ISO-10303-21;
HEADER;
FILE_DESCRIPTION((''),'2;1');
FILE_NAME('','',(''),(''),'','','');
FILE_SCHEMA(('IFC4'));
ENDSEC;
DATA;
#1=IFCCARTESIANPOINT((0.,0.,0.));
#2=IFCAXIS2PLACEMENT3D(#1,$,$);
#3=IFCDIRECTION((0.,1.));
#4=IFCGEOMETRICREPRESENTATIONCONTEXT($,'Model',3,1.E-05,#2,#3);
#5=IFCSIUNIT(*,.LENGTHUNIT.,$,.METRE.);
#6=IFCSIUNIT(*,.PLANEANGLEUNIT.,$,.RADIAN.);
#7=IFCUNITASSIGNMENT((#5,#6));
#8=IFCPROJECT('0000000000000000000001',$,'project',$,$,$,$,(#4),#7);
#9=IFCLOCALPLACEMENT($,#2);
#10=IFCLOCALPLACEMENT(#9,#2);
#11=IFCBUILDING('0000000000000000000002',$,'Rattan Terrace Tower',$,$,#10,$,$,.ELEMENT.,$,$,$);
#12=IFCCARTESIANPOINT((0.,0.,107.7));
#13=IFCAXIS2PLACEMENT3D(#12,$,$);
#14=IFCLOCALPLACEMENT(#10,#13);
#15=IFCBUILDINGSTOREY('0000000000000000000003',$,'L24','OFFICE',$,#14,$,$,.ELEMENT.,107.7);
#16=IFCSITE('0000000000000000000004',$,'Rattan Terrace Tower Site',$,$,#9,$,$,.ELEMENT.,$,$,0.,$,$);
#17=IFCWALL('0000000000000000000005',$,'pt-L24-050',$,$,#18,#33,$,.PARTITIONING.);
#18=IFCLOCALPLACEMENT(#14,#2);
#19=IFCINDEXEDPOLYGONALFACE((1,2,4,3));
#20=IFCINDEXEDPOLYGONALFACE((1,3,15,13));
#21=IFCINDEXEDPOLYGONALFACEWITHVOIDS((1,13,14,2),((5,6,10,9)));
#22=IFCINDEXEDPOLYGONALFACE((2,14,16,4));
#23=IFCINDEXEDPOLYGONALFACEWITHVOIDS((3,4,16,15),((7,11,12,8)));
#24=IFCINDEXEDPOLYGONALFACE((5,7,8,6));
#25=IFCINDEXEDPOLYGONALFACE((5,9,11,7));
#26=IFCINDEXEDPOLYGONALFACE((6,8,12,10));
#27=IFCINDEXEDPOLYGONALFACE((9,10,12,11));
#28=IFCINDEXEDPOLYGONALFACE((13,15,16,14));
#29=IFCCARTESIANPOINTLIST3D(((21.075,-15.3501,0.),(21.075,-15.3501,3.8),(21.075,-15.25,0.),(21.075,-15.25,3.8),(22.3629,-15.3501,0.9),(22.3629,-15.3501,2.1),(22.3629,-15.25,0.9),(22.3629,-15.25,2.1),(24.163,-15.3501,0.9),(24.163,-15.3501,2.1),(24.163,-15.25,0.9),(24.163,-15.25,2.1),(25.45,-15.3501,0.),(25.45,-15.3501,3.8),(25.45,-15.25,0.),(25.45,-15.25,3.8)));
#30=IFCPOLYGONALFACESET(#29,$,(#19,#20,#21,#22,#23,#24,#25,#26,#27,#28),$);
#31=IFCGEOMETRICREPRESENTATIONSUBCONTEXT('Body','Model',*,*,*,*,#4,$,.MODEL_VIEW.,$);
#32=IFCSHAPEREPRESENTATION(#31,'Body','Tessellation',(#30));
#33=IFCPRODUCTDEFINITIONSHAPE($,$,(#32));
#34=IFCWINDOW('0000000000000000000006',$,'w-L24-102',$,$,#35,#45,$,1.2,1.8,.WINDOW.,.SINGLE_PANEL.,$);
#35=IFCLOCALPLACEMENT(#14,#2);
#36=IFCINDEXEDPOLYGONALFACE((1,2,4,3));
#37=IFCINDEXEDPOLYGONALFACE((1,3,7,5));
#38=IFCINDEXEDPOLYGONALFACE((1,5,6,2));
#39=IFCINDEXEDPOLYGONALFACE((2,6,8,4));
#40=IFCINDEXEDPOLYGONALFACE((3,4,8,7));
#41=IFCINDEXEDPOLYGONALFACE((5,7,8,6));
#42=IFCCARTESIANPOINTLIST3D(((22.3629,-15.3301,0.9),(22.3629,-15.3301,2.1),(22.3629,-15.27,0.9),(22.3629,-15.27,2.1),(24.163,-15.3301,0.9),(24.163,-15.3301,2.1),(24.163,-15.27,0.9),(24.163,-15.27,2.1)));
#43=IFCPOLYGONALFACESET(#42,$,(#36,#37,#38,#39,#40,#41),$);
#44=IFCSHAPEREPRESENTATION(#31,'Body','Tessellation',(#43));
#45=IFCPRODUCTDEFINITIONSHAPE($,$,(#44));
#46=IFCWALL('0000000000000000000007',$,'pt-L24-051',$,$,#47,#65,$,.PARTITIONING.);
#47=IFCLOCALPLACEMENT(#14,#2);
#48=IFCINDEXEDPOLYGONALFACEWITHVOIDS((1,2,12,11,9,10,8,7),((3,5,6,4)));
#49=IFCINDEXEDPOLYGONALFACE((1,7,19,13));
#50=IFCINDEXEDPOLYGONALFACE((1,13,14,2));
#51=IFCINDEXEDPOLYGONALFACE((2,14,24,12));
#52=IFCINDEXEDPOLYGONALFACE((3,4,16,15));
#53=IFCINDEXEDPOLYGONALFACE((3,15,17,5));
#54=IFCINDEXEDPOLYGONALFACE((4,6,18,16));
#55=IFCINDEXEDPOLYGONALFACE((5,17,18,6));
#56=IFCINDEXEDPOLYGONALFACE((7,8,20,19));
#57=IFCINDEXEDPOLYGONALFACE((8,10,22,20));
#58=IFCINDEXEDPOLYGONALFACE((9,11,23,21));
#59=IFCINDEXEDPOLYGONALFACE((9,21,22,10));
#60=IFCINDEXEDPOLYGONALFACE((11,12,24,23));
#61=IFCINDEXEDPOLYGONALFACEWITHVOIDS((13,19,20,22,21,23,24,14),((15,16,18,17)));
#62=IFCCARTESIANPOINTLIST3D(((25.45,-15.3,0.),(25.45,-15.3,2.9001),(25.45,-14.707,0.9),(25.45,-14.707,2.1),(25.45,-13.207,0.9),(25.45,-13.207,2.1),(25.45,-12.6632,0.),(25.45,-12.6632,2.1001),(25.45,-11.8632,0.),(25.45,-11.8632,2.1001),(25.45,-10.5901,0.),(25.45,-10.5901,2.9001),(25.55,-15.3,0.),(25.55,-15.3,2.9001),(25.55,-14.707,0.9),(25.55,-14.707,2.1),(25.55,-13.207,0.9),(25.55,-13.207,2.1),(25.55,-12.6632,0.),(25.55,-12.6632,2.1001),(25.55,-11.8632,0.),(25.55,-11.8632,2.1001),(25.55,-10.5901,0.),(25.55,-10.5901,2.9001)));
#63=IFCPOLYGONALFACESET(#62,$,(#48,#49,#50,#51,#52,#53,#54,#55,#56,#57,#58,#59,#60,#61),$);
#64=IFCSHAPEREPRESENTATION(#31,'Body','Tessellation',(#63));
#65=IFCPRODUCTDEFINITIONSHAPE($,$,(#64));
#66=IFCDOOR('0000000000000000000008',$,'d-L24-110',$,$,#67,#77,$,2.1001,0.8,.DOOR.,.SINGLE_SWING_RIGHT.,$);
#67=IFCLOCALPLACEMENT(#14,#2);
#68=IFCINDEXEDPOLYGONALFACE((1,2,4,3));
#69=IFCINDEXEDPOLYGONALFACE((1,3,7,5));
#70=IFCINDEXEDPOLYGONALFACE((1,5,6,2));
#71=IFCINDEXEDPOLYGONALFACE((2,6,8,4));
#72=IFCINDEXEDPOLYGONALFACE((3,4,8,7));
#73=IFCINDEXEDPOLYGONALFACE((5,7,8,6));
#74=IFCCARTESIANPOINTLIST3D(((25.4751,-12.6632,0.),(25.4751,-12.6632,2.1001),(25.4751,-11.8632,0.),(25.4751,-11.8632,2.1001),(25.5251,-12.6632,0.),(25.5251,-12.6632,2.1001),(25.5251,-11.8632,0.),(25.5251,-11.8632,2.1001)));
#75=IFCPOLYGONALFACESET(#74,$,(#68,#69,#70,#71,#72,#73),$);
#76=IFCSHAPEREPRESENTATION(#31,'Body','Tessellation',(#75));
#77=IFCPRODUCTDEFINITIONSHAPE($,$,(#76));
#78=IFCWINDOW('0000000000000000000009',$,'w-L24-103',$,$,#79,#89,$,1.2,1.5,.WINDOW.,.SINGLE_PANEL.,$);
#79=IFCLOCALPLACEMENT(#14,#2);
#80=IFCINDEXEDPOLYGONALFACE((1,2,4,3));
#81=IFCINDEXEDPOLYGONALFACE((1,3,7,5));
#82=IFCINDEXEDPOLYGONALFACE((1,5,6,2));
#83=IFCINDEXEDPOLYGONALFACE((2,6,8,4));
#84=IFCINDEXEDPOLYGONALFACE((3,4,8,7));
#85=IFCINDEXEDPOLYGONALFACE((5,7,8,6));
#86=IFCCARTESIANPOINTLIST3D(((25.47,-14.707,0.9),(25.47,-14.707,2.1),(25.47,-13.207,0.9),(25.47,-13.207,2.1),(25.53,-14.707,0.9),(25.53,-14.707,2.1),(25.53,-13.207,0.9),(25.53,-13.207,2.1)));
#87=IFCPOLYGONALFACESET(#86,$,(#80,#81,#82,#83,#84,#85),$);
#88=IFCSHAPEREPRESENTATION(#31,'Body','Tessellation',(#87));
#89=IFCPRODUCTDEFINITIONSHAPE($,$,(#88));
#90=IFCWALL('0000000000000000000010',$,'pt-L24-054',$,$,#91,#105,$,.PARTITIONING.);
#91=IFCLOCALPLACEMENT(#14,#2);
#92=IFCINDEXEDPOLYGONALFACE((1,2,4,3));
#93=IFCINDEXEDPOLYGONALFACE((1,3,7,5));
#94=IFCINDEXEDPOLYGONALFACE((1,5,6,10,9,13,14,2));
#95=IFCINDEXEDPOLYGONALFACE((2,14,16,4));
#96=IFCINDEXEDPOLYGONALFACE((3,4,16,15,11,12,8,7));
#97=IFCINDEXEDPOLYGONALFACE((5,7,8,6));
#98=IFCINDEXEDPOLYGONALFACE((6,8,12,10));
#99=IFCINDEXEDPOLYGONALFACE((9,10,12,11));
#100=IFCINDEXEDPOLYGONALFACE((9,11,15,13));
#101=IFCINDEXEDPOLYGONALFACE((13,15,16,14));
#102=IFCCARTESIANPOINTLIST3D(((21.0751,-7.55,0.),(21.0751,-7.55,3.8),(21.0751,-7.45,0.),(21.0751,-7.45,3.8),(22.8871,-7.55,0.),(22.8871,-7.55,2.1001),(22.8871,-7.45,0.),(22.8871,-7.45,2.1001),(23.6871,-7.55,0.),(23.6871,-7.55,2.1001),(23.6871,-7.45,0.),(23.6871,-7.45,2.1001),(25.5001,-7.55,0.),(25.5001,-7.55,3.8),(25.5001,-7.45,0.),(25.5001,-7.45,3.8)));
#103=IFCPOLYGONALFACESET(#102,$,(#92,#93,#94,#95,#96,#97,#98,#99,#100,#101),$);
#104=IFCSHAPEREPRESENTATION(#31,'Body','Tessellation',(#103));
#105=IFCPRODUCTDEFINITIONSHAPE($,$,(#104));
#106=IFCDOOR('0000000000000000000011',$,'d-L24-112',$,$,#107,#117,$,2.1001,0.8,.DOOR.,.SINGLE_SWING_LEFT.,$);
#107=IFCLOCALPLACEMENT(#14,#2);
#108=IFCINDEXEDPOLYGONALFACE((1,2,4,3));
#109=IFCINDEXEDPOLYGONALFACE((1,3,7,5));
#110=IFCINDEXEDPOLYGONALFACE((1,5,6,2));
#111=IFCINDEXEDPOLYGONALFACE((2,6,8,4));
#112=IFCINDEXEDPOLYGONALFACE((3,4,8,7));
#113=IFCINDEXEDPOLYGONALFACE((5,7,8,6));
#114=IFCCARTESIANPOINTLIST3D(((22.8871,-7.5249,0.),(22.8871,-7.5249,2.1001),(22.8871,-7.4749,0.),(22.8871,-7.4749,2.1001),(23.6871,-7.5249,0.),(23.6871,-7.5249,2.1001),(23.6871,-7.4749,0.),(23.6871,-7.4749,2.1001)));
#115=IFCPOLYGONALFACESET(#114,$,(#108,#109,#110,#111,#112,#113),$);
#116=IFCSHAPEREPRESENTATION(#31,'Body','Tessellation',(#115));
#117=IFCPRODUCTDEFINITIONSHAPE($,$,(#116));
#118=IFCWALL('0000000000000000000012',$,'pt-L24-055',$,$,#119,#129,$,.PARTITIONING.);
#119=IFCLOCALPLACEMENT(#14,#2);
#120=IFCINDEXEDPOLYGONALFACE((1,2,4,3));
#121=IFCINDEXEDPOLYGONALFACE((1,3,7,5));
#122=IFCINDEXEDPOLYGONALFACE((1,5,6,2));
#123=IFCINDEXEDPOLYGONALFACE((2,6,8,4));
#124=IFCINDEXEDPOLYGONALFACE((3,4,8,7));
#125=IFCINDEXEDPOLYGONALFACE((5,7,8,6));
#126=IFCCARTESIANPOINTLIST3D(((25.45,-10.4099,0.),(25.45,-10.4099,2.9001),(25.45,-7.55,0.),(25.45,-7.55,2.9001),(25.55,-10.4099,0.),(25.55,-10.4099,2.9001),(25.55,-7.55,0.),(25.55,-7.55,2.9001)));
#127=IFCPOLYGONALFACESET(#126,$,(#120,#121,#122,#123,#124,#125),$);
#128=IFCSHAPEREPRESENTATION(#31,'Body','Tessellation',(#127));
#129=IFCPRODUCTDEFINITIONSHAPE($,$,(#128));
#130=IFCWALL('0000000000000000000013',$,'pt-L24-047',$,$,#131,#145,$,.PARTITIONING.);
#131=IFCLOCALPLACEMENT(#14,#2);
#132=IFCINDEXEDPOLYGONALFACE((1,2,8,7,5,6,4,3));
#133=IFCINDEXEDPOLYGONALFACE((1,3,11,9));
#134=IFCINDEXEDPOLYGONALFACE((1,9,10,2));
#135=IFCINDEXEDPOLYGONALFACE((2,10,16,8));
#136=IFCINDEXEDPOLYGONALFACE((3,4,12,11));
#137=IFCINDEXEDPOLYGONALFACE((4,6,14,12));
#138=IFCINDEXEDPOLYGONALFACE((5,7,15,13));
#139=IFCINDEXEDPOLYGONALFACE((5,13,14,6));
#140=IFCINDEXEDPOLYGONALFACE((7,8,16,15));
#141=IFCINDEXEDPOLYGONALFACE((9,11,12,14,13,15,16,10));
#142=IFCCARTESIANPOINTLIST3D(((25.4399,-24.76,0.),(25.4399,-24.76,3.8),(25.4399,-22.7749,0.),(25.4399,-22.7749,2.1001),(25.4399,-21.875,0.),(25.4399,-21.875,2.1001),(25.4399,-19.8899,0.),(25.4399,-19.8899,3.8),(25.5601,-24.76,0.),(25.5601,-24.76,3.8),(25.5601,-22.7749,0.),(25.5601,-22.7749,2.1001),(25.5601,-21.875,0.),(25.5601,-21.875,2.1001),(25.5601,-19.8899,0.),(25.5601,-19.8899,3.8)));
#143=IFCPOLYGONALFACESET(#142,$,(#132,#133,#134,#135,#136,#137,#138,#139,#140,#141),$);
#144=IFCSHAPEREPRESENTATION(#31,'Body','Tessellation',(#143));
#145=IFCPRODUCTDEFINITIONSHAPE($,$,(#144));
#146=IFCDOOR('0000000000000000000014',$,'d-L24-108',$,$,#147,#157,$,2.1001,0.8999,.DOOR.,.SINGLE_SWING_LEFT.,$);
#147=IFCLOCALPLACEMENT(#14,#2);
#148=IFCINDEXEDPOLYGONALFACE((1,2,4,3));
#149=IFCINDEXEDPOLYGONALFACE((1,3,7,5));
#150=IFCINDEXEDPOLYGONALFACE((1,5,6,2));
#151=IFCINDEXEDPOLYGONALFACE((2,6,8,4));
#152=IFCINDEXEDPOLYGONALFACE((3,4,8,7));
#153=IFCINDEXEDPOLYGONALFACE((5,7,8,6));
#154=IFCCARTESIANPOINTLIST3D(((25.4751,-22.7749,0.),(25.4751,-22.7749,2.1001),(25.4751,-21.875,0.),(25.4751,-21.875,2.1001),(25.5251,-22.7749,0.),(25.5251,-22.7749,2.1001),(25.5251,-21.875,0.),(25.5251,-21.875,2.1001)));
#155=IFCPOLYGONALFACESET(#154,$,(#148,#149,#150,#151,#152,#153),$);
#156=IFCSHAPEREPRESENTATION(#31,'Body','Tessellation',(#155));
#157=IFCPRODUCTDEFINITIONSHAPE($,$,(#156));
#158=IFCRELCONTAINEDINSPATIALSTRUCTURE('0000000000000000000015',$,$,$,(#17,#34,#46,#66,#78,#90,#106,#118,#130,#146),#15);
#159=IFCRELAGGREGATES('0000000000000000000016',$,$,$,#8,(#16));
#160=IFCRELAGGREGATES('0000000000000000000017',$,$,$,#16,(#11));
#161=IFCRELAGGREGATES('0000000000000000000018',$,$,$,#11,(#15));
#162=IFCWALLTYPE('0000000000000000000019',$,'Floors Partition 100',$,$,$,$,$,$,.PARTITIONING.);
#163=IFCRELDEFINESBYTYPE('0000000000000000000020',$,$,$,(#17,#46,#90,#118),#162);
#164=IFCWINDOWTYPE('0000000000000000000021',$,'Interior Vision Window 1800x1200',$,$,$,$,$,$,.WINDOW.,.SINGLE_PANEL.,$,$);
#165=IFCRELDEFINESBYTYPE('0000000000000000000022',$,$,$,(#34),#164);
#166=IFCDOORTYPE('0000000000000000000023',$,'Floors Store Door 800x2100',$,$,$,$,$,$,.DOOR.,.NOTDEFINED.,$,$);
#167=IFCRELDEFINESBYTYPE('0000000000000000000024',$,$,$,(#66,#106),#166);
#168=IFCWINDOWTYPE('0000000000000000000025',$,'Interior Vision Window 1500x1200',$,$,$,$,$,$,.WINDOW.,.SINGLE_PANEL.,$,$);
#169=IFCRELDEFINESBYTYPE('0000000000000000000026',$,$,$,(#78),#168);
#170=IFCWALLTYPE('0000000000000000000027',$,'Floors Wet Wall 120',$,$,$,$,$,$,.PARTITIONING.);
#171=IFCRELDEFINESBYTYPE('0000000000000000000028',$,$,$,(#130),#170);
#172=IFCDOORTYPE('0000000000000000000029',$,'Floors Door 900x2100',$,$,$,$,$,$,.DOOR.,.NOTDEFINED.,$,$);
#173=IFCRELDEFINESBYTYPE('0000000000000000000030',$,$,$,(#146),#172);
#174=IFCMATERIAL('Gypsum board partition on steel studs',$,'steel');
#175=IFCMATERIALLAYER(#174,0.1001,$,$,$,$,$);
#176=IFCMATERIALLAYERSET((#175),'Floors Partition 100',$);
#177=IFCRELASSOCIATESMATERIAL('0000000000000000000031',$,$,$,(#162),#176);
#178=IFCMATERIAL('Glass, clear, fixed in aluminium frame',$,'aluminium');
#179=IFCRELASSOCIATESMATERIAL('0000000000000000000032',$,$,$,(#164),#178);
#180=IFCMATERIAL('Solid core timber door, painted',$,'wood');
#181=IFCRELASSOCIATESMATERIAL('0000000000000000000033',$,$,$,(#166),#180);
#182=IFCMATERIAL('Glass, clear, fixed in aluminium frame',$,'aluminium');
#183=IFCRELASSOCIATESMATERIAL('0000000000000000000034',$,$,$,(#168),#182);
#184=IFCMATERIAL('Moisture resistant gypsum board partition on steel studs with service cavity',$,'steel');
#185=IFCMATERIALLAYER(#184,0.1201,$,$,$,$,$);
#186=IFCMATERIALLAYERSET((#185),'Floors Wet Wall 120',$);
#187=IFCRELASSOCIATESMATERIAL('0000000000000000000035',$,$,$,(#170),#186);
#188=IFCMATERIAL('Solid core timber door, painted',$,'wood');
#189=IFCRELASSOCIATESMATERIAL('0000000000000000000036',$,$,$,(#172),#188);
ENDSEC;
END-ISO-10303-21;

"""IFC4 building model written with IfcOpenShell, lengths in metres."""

from ifc_helpers import new_model, si_unit, direction, frame, frame_2d, origin, place, context, subcontext, project, spatial, rectangle, extrude, material, layer, layer_set, type_object, element, fill, save


model = new_model("IFC4")

# Units and contexts
model_context = context("Model", 3, precision=1e-05, world=origin(), true_north=direction((0.0, 1.0)))
body_context = subcontext(model_context, "Body", "Model", "MODEL_VIEW")
ifc_project = project(units=[si_unit("LENGTHUNIT", "METRE"), si_unit("PLANEANGLEUNIT", "RADIAN")], contexts=[model_context])

# Site, building, storey
site_placement = place(None, origin())
site = spatial("IfcSite", under=ifc_project, at=site_placement, Name="Rattan Terrace Tower Site", CompositionType="ELEMENT", RefElevation=0.0)
building_placement = place(site_placement, origin())
building = spatial("IfcBuilding", under=site, at=building_placement, Name="Rattan Terrace Tower", CompositionType="ELEMENT")
storey_placement = place(building_placement, frame((0.0, 0.0, 107.7)))
storey = spatial("IfcBuildingStorey", under=building, at=storey_placement, Name="L24", Description="OFFICE", CompositionType="ELEMENT", Elevation=107.7)

# Wall, opening, window
ifc_material_1 = material(Name="Gypsum board partition on steel studs", Category="steel")
ifc_layer_1 = layer(ifc_material_1, 0.1001)
ifc_layer_set_1 = layer_set([ifc_layer_1], Name="Floors Partition 100")
wall_type_1 = type_object("IfcWallType", Name="Floors Partition 100", PredefinedType="PARTITIONING", material=ifc_layer_set_1)
wall_1_placement = place(storey_placement, frame((21.075, -15.3, 0.0), z_axis=(0.0, 0.0, 1.0), x_axis=(1.0, 0.0, 0.0)))
wall_1 = element("IfcWall", 1, at=wall_1_placement, inside=storey, type_object=wall_type_1, Name="pt-L24-050", PredefinedType="PARTITIONING", context=body_context, shape_type="SweptSolid", body=[
    extrude(rectangle(XDim=4.375, YDim=0.1001, at=frame_2d((2.1875, 0.0))), origin(), (0.0, 0.0, 1.0), 3.8),
])
opening_1_placement = place(wall_1_placement, frame((1.2881, 0.0, 0.8999)))
opening_1 = element("IfcOpeningElement", 2, at=opening_1_placement, cuts=wall_1, PredefinedType="OPENING", context=body_context, shape_type="SweptSolid", body=[
    extrude(rectangle(XDim=1.8, YDim=1.2, at=frame_2d((0.8999, 0.6001))), frame((0.0, 0.0605, 0.0), z_axis=(0.0, -1.0, 0.0), x_axis=(1.0, 0.0, 0.0)), (0.0, 0.0, 1.0), 0.1211),
])
ifc_material_2 = material(Name="Glass, clear, fixed in aluminium frame", Category="aluminium")
window_type_1 = type_object("IfcWindowType", Name="Interior Vision Window 1800x1200", PartitioningType="SINGLE_PANEL", PredefinedType="WINDOW", material=ifc_material_2)
window_1_placement = place(opening_1_placement, origin())
window_1 = element("IfcWindow", 3, at=window_1_placement, inside=storey, type_object=window_type_1, Name="w-L24-102", OverallHeight=1.2, OverallWidth=1.8, PartitioningType="SINGLE_PANEL", PredefinedType="WINDOW", context=body_context, shape_type="SweptSolid", body=[
    extrude(rectangle(XDim=1.8, YDim=1.2, at=frame_2d((0.8999, 0.6001))), frame((0.0, 0.03, 0.0), z_axis=(0.0, -1.0, 0.0), x_axis=(1.0, 0.0, 0.0)), (0.0, 0.0, 1.0), 0.0601),
])
fill(opening_1, window_1)

# Wall, openings, door, window
wall_2_placement = place(storey_placement, frame((25.5, -15.3, 0.0), z_axis=(0.0, 0.0, 1.0), x_axis=(0.0, 1.0, 0.0)))
wall_2 = element("IfcWall", 4, at=wall_2_placement, inside=storey, type_object=wall_type_1, Name="pt-L24-051", PredefinedType="PARTITIONING", context=body_context, shape_type="SweptSolid", body=[
    extrude(rectangle(XDim=4.71, YDim=0.1001, at=frame_2d((2.355, 0.0))), origin(), (0.0, 0.0, 1.0), 2.9001),
])
opening_2_placement = place(wall_2_placement, frame((2.637, 0.0, 0.0)))
opening_2 = element("IfcOpeningElement", 5, at=opening_2_placement, cuts=wall_2, PredefinedType="OPENING", context=body_context, shape_type="SweptSolid", body=[
    extrude(rectangle(XDim=0.8, YDim=2.1001, at=frame_2d((0.3999, 1.05))), frame((0.0, 0.0605, 0.0), z_axis=(0.0, -1.0, 0.0), x_axis=(1.0, 0.0, 0.0)), (0.0, 0.0, 1.0), 0.1211),
])
opening_3_placement = place(wall_2_placement, frame((0.593, 0.0, 0.8999)))
opening_3 = element("IfcOpeningElement", 6, at=opening_3_placement, cuts=wall_2, PredefinedType="OPENING", context=body_context, shape_type="SweptSolid", body=[
    extrude(rectangle(XDim=1.5, YDim=1.2, at=frame_2d((0.75, 0.6001))), frame((0.0, 0.0605, 0.0), z_axis=(0.0, -1.0, 0.0), x_axis=(1.0, 0.0, 0.0)), (0.0, 0.0, 1.0), 0.1211),
])
ifc_material_3 = material(Name="Solid core timber door, painted", Category="wood")
door_type_1 = type_object("IfcDoorType", Name="Floors Store Door 800x2100", OperationType="NOTDEFINED", PredefinedType="DOOR", material=ifc_material_3)
door_1_placement = place(opening_2_placement, origin())
door_1 = element("IfcDoor", 7, at=door_1_placement, inside=storey, type_object=door_type_1, Name="d-L24-110", OperationType="SINGLE_SWING_RIGHT", OverallHeight=2.1001, OverallWidth=0.8, PredefinedType="DOOR", context=body_context, shape_type="SweptSolid", body=[
    extrude(rectangle(XDim=0.8, YDim=2.1001, at=frame_2d((0.3999, 1.05))), frame((0.0, 0.0249, 0.0), z_axis=(0.0, -1.0, 0.0), x_axis=(1.0, 0.0, 0.0)), (0.0, 0.0, 1.0), 0.05),
])
fill(opening_2, door_1)
ifc_material_4 = material(Name="Glass, clear, fixed in aluminium frame", Category="aluminium")
window_type_2 = type_object("IfcWindowType", Name="Interior Vision Window 1500x1200", PartitioningType="SINGLE_PANEL", PredefinedType="WINDOW", material=ifc_material_4)
window_2_placement = place(opening_3_placement, origin())
window_2 = element("IfcWindow", 8, at=window_2_placement, inside=storey, type_object=window_type_2, Name="w-L24-103", OverallHeight=1.2, OverallWidth=1.5, PartitioningType="SINGLE_PANEL", PredefinedType="WINDOW", context=body_context, shape_type="SweptSolid", body=[
    extrude(rectangle(XDim=1.5, YDim=1.2, at=frame_2d((0.75, 0.6001))), frame((0.0, 0.03, 0.0), z_axis=(0.0, -1.0, 0.0), x_axis=(1.0, 0.0, 0.0)), (0.0, 0.0, 1.0), 0.0601),
])
fill(opening_3, window_2)

# Wall, opening, door
wall_3_placement = place(storey_placement, frame((25.5, -7.5, 0.0), z_axis=(0.0, 0.0, 1.0), x_axis=(-1.0, 0.0, 0.0)))
wall_3 = element("IfcWall", 9, at=wall_3_placement, inside=storey, type_object=wall_type_1, Name="pt-L24-054", PredefinedType="PARTITIONING", context=body_context, shape_type="SweptSolid", body=[
    extrude(rectangle(XDim=4.425, YDim=0.1001, at=frame_2d((2.2124, 0.0))), origin(), (0.0, 0.0, 1.0), 3.8),
])
opening_4_placement = place(wall_3_placement, frame((1.813, 0.0, 0.0)))
opening_4 = element("IfcOpeningElement", 10, at=opening_4_placement, cuts=wall_3, PredefinedType="OPENING", context=body_context, shape_type="SweptSolid", body=[
    extrude(rectangle(XDim=0.8, YDim=2.1001, at=frame_2d((0.3999, 1.05))), frame((0.0, 0.0605, 0.0), z_axis=(0.0, -1.0, 0.0), x_axis=(1.0, 0.0, 0.0)), (0.0, 0.0, 1.0), 0.1211),
])
door_2_placement = place(opening_4_placement, origin())
door_2 = element("IfcDoor", 11, at=door_2_placement, inside=storey, type_object=door_type_1, Name="d-L24-112", OperationType="SINGLE_SWING_LEFT", OverallHeight=2.1001, OverallWidth=0.8, PredefinedType="DOOR", context=body_context, shape_type="SweptSolid", body=[
    extrude(rectangle(XDim=0.8, YDim=2.1001, at=frame_2d((0.3999, 1.05))), frame((0.0, 0.0249, 0.0), z_axis=(0.0, -1.0, 0.0), x_axis=(1.0, 0.0, 0.0)), (0.0, 0.0, 1.0), 0.05),
])
fill(opening_4, door_2)

# Wall
wall_4_placement = place(storey_placement, frame((25.5, -10.4099, 0.0), z_axis=(0.0, 0.0, 1.0), x_axis=(0.0, 1.0, 0.0)))
element("IfcWall", 12, at=wall_4_placement, inside=storey, type_object=wall_type_1, Name="pt-L24-055", PredefinedType="PARTITIONING", context=body_context, shape_type="SweptSolid", body=[
    extrude(rectangle(XDim=2.8599, YDim=0.1001, at=frame_2d((1.4299, 0.0))), origin(), (0.0, 0.0, 1.0), 2.9001),
])

# Wall, opening, door
ifc_material_5 = material(Name="Moisture resistant gypsum board partition on steel studs with service cavity", Category="steel")
ifc_layer_2 = layer(ifc_material_5, 0.1201)
ifc_layer_set_2 = layer_set([ifc_layer_2], Name="Floors Wet Wall 120")
wall_type_2 = type_object("IfcWallType", Name="Floors Wet Wall 120", PredefinedType="PARTITIONING", material=ifc_layer_set_2)
wall_5_placement = place(storey_placement, frame((25.5, -24.76, 0.0), z_axis=(0.0, 0.0, 1.0), x_axis=(0.0, 1.0, 0.0)))
wall_5 = element("IfcWall", 13, at=wall_5_placement, inside=storey, type_object=wall_type_2, Name="pt-L24-047", PredefinedType="PARTITIONING", context=body_context, shape_type="SweptSolid", body=[
    extrude(rectangle(XDim=4.8701, YDim=0.1201, at=frame_2d((2.4351, 0.0))), origin(), (0.0, 0.0, 1.0), 3.8),
])
opening_5_placement = place(wall_5_placement, frame((1.9851, 0.0, 0.0)))
opening_5 = element("IfcOpeningElement", 14, at=opening_5_placement, cuts=wall_5, PredefinedType="OPENING", context=body_context, shape_type="SweptSolid", body=[
    extrude(rectangle(XDim=0.8999, YDim=2.1001, at=frame_2d((0.45, 1.05))), frame((0.0, 0.0706, 0.0), z_axis=(0.0, -1.0, 0.0), x_axis=(1.0, 0.0, 0.0)), (0.0, 0.0, 1.0), 0.1411),
])
ifc_material_6 = material(Name="Solid core timber door, painted", Category="wood")
door_type_2 = type_object("IfcDoorType", Name="Floors Door 900x2100", OperationType="NOTDEFINED", PredefinedType="DOOR", material=ifc_material_6)
door_3_placement = place(opening_5_placement, origin())
door_3 = element("IfcDoor", 15, at=door_3_placement, inside=storey, type_object=door_type_2, Name="d-L24-108", OperationType="SINGLE_SWING_LEFT", OverallHeight=2.1001, OverallWidth=0.8999, PredefinedType="DOOR", context=body_context, shape_type="SweptSolid", body=[
    extrude(rectangle(XDim=0.8999, YDim=2.1001, at=frame_2d((0.45, 1.05))), frame((0.0, 0.0249, 0.0), z_axis=(0.0, -1.0, 0.0), x_axis=(1.0, 0.0, 0.0)), (0.0, 0.0, 1.0), 0.05),
])
fill(opening_5, door_3)

save(model, "model.ifc")
